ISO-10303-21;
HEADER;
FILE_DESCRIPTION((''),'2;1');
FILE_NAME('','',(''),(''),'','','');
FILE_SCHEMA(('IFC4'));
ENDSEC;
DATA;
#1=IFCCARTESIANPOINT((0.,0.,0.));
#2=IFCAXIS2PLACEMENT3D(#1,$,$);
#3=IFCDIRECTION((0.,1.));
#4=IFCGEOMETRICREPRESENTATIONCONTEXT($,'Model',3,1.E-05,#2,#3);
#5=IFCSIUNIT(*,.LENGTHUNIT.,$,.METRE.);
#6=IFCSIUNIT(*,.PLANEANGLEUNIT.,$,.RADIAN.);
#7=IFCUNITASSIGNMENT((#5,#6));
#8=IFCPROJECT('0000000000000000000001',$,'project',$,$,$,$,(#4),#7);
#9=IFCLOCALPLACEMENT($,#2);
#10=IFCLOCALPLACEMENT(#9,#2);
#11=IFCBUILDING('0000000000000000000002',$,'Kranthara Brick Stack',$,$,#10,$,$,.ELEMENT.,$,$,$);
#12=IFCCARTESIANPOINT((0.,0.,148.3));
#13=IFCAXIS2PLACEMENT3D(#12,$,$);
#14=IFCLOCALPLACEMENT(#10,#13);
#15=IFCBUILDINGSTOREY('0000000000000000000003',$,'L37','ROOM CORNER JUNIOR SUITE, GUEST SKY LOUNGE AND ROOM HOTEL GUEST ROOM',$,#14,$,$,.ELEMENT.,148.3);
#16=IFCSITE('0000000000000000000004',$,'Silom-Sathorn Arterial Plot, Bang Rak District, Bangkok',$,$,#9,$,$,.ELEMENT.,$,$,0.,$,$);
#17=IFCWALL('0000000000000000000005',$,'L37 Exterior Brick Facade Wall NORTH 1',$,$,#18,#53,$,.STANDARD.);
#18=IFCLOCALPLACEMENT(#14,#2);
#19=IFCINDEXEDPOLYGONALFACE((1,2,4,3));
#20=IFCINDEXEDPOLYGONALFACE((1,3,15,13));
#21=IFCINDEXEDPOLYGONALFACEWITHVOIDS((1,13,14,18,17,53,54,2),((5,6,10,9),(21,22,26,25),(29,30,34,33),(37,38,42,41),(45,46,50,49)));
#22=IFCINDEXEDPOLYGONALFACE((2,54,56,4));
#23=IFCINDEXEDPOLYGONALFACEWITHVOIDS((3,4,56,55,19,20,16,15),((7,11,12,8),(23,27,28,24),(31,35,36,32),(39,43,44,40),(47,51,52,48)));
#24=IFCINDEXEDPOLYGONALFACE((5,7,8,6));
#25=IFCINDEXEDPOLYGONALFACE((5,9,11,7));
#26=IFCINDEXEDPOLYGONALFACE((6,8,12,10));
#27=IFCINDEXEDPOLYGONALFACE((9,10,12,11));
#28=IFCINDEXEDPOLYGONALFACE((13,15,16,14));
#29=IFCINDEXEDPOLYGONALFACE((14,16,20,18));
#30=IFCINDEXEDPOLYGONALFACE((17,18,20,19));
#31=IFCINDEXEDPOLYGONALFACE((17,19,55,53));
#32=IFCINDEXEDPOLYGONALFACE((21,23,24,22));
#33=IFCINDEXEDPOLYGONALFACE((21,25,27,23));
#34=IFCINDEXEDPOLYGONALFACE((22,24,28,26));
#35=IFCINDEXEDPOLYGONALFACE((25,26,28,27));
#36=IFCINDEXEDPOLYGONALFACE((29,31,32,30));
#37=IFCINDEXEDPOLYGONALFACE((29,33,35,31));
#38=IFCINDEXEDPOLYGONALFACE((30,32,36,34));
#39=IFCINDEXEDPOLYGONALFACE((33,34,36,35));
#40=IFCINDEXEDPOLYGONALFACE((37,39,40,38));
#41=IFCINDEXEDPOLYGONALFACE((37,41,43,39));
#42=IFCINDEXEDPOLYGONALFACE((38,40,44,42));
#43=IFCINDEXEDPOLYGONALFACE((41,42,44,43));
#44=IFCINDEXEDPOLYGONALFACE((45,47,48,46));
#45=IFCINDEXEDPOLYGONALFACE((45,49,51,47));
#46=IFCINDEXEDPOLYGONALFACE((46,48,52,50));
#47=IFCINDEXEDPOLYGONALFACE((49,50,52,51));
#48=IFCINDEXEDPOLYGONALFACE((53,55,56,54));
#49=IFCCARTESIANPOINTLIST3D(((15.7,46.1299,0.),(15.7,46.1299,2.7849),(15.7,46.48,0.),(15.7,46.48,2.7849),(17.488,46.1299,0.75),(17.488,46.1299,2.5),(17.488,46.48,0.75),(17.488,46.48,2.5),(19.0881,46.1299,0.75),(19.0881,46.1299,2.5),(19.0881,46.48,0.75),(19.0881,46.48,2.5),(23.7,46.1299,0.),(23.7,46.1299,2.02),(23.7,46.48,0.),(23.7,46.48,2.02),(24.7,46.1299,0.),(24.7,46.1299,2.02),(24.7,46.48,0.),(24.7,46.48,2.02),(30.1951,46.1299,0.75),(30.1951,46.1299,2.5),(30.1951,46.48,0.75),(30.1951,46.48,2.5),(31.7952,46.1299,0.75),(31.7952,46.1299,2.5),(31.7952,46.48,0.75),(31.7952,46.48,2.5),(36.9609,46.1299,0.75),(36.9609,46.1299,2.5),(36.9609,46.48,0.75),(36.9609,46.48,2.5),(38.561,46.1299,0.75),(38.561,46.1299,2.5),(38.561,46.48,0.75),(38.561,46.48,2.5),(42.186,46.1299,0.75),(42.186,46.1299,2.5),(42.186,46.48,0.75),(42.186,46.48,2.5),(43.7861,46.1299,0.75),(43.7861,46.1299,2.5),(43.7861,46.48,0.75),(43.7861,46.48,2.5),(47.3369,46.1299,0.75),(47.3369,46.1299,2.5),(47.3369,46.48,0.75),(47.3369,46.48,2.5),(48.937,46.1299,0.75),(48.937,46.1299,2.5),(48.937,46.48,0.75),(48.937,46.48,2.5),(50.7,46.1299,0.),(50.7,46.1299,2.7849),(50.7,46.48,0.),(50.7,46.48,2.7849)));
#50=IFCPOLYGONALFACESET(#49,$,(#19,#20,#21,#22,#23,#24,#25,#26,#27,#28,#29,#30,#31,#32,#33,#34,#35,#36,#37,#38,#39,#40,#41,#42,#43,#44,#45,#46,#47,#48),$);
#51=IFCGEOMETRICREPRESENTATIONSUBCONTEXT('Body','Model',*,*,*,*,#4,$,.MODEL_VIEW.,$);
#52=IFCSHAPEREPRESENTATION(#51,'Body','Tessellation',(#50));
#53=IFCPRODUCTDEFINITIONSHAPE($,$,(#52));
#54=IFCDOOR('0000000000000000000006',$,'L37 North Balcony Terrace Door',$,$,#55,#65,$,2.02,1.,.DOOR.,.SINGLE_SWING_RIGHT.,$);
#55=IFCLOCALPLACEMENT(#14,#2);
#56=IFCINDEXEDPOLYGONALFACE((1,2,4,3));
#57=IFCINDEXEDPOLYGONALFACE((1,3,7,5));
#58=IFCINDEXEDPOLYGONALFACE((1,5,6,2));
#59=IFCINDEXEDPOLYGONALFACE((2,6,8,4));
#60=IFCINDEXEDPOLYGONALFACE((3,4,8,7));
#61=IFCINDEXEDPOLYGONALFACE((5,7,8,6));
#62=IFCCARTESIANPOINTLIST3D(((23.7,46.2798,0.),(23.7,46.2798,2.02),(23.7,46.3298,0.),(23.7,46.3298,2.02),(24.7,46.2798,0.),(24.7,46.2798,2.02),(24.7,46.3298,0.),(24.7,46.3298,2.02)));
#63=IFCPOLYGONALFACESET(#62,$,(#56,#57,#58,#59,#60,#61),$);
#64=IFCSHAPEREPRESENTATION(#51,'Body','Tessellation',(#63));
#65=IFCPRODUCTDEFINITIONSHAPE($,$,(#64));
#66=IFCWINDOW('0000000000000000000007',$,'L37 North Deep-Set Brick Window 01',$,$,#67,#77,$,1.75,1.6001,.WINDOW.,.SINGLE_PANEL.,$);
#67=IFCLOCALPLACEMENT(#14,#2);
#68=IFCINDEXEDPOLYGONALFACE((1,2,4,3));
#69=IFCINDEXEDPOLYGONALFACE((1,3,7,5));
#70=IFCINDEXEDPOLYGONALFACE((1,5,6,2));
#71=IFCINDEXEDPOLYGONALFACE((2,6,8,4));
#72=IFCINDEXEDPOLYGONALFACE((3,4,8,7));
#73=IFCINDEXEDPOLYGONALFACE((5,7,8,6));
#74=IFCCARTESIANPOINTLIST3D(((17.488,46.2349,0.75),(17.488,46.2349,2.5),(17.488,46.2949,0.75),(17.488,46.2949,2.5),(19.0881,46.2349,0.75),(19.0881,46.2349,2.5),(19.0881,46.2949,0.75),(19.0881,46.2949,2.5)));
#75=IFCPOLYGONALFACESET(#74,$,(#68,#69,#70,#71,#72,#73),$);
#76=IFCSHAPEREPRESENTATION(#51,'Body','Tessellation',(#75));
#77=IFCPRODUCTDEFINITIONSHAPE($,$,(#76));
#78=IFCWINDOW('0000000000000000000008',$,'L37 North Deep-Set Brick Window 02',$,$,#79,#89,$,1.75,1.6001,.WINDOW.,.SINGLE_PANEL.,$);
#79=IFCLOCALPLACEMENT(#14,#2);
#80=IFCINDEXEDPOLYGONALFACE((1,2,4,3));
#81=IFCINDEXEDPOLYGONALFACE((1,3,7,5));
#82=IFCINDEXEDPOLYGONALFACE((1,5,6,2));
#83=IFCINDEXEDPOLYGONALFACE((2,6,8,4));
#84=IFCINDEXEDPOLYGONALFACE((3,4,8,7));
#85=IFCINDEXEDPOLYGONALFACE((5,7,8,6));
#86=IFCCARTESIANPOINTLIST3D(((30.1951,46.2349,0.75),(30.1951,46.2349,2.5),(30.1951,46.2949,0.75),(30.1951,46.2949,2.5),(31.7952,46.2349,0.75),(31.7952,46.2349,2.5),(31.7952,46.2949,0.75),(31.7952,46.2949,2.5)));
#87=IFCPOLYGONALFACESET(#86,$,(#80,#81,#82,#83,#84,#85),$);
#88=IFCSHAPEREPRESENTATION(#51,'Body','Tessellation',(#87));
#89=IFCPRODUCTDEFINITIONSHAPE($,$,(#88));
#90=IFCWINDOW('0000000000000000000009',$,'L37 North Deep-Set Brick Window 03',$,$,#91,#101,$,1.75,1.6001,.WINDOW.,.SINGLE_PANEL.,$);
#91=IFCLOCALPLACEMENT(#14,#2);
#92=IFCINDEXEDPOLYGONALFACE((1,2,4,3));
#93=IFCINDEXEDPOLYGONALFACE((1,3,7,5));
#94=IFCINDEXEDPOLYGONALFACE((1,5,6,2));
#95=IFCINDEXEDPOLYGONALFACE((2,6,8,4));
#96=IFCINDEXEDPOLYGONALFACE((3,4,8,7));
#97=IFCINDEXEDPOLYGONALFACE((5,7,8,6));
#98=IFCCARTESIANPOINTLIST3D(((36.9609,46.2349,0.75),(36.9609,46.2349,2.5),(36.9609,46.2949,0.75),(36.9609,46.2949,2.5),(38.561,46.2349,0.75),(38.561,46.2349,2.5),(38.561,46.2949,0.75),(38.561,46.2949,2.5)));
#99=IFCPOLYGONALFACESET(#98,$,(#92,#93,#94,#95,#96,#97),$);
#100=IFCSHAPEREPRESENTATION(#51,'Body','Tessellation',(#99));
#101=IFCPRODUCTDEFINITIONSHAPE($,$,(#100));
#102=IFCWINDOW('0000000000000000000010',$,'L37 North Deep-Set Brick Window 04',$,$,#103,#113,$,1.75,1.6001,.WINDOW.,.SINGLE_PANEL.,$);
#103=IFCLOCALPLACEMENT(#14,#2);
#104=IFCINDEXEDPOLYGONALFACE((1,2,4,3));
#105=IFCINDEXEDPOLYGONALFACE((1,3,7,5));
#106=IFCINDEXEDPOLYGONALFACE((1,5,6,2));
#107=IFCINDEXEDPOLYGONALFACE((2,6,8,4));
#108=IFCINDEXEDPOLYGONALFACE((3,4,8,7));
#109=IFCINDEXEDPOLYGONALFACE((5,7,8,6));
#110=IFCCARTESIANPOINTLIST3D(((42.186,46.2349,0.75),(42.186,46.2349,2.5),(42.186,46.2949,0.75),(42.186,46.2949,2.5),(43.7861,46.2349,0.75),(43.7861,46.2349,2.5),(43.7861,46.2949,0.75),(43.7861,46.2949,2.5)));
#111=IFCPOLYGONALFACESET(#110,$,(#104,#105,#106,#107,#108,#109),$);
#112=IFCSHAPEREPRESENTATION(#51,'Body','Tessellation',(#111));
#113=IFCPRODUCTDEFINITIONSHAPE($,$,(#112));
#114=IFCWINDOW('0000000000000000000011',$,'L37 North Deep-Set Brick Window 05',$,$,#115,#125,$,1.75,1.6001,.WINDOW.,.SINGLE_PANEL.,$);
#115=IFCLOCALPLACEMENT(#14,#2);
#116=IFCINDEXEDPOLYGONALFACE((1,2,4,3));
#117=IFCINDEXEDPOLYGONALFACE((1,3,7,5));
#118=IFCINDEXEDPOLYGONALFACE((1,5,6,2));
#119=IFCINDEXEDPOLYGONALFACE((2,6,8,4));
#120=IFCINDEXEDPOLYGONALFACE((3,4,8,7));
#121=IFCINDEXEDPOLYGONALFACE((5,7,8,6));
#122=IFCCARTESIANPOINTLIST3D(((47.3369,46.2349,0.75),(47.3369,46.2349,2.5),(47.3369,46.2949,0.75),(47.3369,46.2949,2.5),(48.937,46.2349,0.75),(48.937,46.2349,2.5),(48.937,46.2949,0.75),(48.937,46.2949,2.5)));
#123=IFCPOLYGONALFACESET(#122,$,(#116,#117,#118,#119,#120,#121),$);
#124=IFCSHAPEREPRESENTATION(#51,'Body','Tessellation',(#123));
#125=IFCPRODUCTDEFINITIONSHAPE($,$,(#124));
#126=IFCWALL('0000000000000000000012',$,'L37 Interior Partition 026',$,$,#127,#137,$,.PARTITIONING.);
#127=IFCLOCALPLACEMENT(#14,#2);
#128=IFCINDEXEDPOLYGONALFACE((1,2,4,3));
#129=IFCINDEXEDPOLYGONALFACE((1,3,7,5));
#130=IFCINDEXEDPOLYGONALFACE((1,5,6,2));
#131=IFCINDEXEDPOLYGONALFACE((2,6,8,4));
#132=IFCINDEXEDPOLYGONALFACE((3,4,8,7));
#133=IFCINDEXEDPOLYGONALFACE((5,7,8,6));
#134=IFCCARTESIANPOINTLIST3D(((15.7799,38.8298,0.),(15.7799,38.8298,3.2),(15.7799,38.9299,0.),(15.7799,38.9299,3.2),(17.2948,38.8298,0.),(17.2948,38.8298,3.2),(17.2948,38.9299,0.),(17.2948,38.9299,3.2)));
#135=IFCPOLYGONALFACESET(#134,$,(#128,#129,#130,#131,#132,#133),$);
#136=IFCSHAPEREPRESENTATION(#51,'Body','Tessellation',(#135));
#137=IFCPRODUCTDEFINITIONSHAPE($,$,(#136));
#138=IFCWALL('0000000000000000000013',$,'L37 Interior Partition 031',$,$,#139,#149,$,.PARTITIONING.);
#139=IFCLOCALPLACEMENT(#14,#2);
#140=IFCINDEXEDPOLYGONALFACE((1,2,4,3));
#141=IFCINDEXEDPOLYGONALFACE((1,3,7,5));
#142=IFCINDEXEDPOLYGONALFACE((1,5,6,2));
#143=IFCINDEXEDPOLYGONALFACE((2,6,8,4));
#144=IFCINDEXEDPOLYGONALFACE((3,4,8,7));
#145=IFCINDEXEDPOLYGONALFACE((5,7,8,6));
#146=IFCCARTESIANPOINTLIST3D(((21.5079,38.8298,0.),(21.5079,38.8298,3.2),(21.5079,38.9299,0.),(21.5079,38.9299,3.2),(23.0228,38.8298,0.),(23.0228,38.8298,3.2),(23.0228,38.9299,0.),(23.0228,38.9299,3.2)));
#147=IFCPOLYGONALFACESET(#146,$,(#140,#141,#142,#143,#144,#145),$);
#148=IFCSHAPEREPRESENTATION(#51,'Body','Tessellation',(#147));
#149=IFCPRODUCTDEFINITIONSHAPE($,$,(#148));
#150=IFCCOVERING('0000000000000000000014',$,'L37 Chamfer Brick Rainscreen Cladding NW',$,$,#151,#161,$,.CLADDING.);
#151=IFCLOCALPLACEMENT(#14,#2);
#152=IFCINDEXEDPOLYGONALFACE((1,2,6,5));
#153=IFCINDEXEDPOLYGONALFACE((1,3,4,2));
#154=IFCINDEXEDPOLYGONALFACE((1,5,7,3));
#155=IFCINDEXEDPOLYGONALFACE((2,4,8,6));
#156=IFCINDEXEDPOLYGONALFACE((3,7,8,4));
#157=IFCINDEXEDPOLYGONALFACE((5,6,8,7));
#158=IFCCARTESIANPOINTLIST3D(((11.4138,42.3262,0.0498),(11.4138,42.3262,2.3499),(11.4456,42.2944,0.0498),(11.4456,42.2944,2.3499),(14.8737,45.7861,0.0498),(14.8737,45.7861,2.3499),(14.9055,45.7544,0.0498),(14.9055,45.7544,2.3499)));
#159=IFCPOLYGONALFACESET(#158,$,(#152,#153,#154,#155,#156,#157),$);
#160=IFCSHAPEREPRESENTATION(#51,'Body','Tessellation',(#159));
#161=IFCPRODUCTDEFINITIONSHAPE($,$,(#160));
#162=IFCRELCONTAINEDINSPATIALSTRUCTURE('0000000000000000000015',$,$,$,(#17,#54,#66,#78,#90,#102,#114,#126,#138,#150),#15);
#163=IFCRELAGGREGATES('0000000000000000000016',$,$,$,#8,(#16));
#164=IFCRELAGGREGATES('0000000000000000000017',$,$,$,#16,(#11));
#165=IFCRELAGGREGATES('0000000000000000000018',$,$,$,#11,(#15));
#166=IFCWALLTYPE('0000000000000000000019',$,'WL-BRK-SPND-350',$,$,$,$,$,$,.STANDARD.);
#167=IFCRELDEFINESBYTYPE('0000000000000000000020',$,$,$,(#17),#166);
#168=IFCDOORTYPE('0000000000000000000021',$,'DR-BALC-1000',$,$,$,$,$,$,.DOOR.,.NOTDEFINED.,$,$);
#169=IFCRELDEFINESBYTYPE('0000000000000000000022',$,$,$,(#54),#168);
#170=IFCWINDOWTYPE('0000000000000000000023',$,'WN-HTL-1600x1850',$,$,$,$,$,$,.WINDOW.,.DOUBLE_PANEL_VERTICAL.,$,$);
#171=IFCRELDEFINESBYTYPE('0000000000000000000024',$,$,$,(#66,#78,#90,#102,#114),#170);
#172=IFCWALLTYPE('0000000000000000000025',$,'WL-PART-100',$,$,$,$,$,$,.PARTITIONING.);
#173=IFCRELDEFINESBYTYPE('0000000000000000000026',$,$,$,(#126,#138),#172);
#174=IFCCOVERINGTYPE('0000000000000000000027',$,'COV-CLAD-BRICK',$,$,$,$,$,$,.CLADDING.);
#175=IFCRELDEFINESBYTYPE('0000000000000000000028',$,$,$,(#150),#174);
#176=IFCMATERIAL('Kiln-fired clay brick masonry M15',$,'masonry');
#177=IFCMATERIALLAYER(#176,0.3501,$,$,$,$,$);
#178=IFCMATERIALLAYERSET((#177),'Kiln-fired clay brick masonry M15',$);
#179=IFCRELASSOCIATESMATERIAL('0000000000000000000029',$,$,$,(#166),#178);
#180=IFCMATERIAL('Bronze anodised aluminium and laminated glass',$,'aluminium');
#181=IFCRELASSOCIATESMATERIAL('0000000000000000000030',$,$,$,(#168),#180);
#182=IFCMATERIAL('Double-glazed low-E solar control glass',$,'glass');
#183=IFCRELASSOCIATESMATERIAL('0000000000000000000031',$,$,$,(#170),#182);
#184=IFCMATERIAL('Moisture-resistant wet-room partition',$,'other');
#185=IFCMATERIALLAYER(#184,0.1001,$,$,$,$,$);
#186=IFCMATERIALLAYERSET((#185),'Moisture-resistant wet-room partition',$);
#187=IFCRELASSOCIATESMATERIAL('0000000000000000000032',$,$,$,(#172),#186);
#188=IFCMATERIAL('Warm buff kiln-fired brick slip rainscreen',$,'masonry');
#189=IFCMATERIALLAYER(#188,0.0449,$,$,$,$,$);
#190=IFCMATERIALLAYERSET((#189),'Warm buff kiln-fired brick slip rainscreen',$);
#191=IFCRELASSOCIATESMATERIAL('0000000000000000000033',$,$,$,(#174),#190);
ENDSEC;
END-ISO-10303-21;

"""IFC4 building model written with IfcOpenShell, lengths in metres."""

from ifc_helpers import new_model, si_unit, direction, frame, frame_2d, origin, origin_2d, place, context, subcontext, project, spatial, rectangle, extrude, material, layer, layer_set, type_object, element, fill, save


model = new_model("IFC4")

# Units and contexts
model_context = context("Model", 3, precision=1e-05, world=origin(), true_north=direction((0.0, 1.0)))
body_context = subcontext(model_context, "Body", "Model", "MODEL_VIEW")
ifc_project = project(units=[si_unit("LENGTHUNIT", "METRE"), si_unit("PLANEANGLEUNIT", "RADIAN")], contexts=[model_context])

# Site, building, storey
site_placement = place(None, origin())
site = spatial("IfcSite", under=ifc_project, at=site_placement, Name="Silom-Sathorn Arterial Plot, Bang Rak District, Bangkok", CompositionType="ELEMENT", RefElevation=0.0)
building_placement = place(site_placement, origin())
building = spatial("IfcBuilding", under=site, at=building_placement, Name="Kranthara Brick Stack", CompositionType="ELEMENT")
storey_placement = place(building_placement, frame((0.0, 0.0, 148.3)))
storey = spatial("IfcBuildingStorey", under=building, at=storey_placement, Name="L37", Description="ROOM CORNER JUNIOR SUITE, GUEST SKY LOUNGE AND ROOM HOTEL GUEST ROOM", CompositionType="ELEMENT", Elevation=148.3)

# Shared definitions
ifc_material_1 = material(Name="Kiln-fired clay brick masonry M15", Category="masonry")
ifc_layer_1 = layer(ifc_material_1, 0.3501)
ifc_layer_set_1 = layer_set([ifc_layer_1], Name="Kiln-fired clay brick masonry M15")
wall_type_1 = type_object("IfcWallType", Name="WL-BRK-SPND-350", PredefinedType="STANDARD", material=ifc_layer_set_1)

# Wall, openings, door, windows
wall_1_placement = place(storey_placement, frame((15.7, 46.3049, 0.0), z_axis=(0.0, 0.0, 1.0), x_axis=(1.0, 0.0, 0.0)))
wall_1 = element("IfcWall", 1, at=wall_1_placement, inside=storey, type_object=wall_type_1, Name="L37 Exterior Brick Facade Wall NORTH 1", PredefinedType="STANDARD", context=body_context, shape_type="SweptSolid", body=[
    extrude(rectangle(XDim=35.0, YDim=0.3501, at=frame_2d((17.5, 0.0))), origin(), (0.0, 0.0, 1.0), 2.7849),
])
opening_1_placement = place(wall_1_placement, frame((8.0, 0.0, 0.0)))
opening_1 = element("IfcOpeningElement", 2, at=opening_1_placement, cuts=wall_1, PredefinedType="OPENING", context=body_context, shape_type="SweptSolid", body=[
    extrude(rectangle(XDim=1.0, YDim=2.02, at=frame_2d((0.5, 1.01))), frame((0.0, 0.1851, 0.0), z_axis=(0.0, -1.0, 0.0), x_axis=(1.0, 0.0, 0.0)), (0.0, 0.0, 1.0), 0.3701),
])
opening_2_placement = place(wall_1_placement, frame((1.7881, 0.0, 0.75)))
opening_2 = element("IfcOpeningElement", 3, at=opening_2_placement, cuts=wall_1, PredefinedType="OPENING", context=body_context, shape_type="SweptSolid", body=[
    extrude(rectangle(XDim=1.6001, YDim=1.75, at=frame_2d((0.8, 0.875))), frame((0.0, 0.1851, 0.0), z_axis=(0.0, -1.0, 0.0), x_axis=(1.0, 0.0, 0.0)), (0.0, 0.0, 1.0), 0.3701),
])
opening_3_placement = place(wall_1_placement, frame((14.4951, 0.0, 0.75)))
opening_3 = element("IfcOpeningElement", 4, at=opening_3_placement, cuts=wall_1, PredefinedType="OPENING", context=body_context, shape_type="SweptSolid", body=[
    extrude(rectangle(XDim=1.6001, YDim=1.75, at=frame_2d((0.8, 0.875))), frame((0.0, 0.1851, 0.0), z_axis=(0.0, -1.0, 0.0), x_axis=(1.0, 0.0, 0.0)), (0.0, 0.0, 1.0), 0.3701),
])
opening_4_placement = place(wall_1_placement, frame((21.261, 0.0, 0.75)))
opening_4 = element("IfcOpeningElement", 5, at=opening_4_placement, cuts=wall_1, PredefinedType="OPENING", context=body_context, shape_type="SweptSolid", body=[
    extrude(rectangle(XDim=1.6001, YDim=1.75, at=frame_2d((0.8, 0.875))), frame((0.0, 0.1851, 0.0), z_axis=(0.0, -1.0, 0.0), x_axis=(1.0, 0.0, 0.0)), (0.0, 0.0, 1.0), 0.3701),
])
opening_5_placement = place(wall_1_placement, frame((26.4861, 0.0, 0.75)))
opening_5 = element("IfcOpeningElement", 6, at=opening_5_placement, cuts=wall_1, PredefinedType="OPENING", context=body_context, shape_type="SweptSolid", body=[
    extrude(rectangle(XDim=1.6001, YDim=1.75, at=frame_2d((0.8, 0.875))), frame((0.0, 0.1851, 0.0), z_axis=(0.0, -1.0, 0.0), x_axis=(1.0, 0.0, 0.0)), (0.0, 0.0, 1.0), 0.3701),
])
opening_6_placement = place(wall_1_placement, frame((31.637, 0.0, 0.75)))
opening_6 = element("IfcOpeningElement", 7, at=opening_6_placement, cuts=wall_1, PredefinedType="OPENING", context=body_context, shape_type="SweptSolid", body=[
    extrude(rectangle(XDim=1.6001, YDim=1.75, at=frame_2d((0.8, 0.875))), frame((0.0, 0.1851, 0.0), z_axis=(0.0, -1.0, 0.0), x_axis=(1.0, 0.0, 0.0)), (0.0, 0.0, 1.0), 0.3701),
])
ifc_material_2 = material(Name="Bronze anodised aluminium and laminated glass", Category="aluminium")
door_type = type_object("IfcDoorType", Name="DR-BALC-1000", OperationType="NOTDEFINED", PredefinedType="DOOR", material=ifc_material_2)
door_placement = place(opening_1_placement, origin())
door = element("IfcDoor", 8, at=door_placement, inside=storey, type_object=door_type, Name="L37 North Balcony Terrace Door", OperationType="SINGLE_SWING_RIGHT", OverallHeight=2.02, OverallWidth=1.0, PredefinedType="DOOR", context=body_context, shape_type="SweptSolid", body=[
    extrude(rectangle(XDim=1.0, YDim=2.02, at=frame_2d((0.5, 1.01))), frame((0.0, 0.0249, 0.0), z_axis=(0.0, -1.0, 0.0), x_axis=(1.0, 0.0, 0.0)), (0.0, 0.0, 1.0), 0.05),
])
fill(opening_1, door)
ifc_material_3 = material(Name="Double-glazed low-E solar control glass", Category="glass")
window_type_1 = type_object("IfcWindowType", Name="WN-HTL-1600x1850", PartitioningType="DOUBLE_PANEL_VERTICAL", PredefinedType="WINDOW", material=ifc_material_3)
window_1_placement = place(opening_2_placement, origin())
window_1 = element("IfcWindow", 9, at=window_1_placement, inside=storey, type_object=window_type_1, Name="L37 North Deep-Set Brick Window 01", OverallHeight=1.75, OverallWidth=1.6001, PartitioningType="SINGLE_PANEL", PredefinedType="WINDOW", context=body_context, shape_type="SweptSolid", body=[
    extrude(rectangle(XDim=1.6001, YDim=1.75, at=frame_2d((0.8, 0.875))), frame((0.0, -0.01, 0.0), z_axis=(0.0, -1.0, 0.0), x_axis=(1.0, 0.0, 0.0)), (0.0, 0.0, 1.0), 0.0601),
])
fill(opening_2, window_1)
window_2_placement = place(opening_3_placement, origin())
window_2 = element("IfcWindow", 10, at=window_2_placement, inside=storey, type_object=window_type_1, Name="L37 North Deep-Set Brick Window 02", OverallHeight=1.75, OverallWidth=1.6001, PartitioningType="SINGLE_PANEL", PredefinedType="WINDOW", context=body_context, shape_type="SweptSolid", body=[
    extrude(rectangle(XDim=1.6001, YDim=1.75, at=frame_2d((0.8, 0.875))), frame((0.0, -0.01, 0.0), z_axis=(0.0, -1.0, 0.0), x_axis=(1.0, 0.0, 0.0)), (0.0, 0.0, 1.0), 0.0601),
])
fill(opening_3, window_2)
window_3_placement = place(opening_4_placement, origin())
window_3 = element("IfcWindow", 11, at=window_3_placement, inside=storey, type_object=window_type_1, Name="L37 North Deep-Set Brick Window 03", OverallHeight=1.75, OverallWidth=1.6001, PartitioningType="SINGLE_PANEL", PredefinedType="WINDOW", context=body_context, shape_type="SweptSolid", body=[
    extrude(rectangle(XDim=1.6001, YDim=1.75, at=frame_2d((0.8, 0.875))), frame((0.0, -0.01, 0.0), z_axis=(0.0, -1.0, 0.0), x_axis=(1.0, 0.0, 0.0)), (0.0, 0.0, 1.0), 0.0601),
])
fill(opening_4, window_3)
window_4_placement = place(opening_5_placement, origin())
window_4 = element("IfcWindow", 12, at=window_4_placement, inside=storey, type_object=window_type_1, Name="L37 North Deep-Set Brick Window 04", OverallHeight=1.75, OverallWidth=1.6001, PartitioningType="SINGLE_PANEL", PredefinedType="WINDOW", context=body_context, shape_type="SweptSolid", body=[
    extrude(rectangle(XDim=1.6001, YDim=1.75, at=frame_2d((0.8, 0.875))), frame((0.0, -0.01, 0.0), z_axis=(0.0, -1.0, 0.0), x_axis=(1.0, 0.0, 0.0)), (0.0, 0.0, 1.0), 0.0601),
])
fill(opening_5, window_4)
window_5_placement = place(opening_6_placement, origin())
window_5 = element("IfcWindow", 13, at=window_5_placement, inside=storey, type_object=window_type_1, Name="L37 North Deep-Set Brick Window 05", OverallHeight=1.75, OverallWidth=1.6001, PartitioningType="SINGLE_PANEL", PredefinedType="WINDOW", context=body_context, shape_type="SweptSolid", body=[
    extrude(rectangle(XDim=1.6001, YDim=1.75, at=frame_2d((0.8, 0.875))), frame((0.0, -0.01, 0.0), z_axis=(0.0, -1.0, 0.0), x_axis=(1.0, 0.0, 0.0)), (0.0, 0.0, 1.0), 0.0601),
])
fill(opening_6, window_5)

# Walls
ifc_material_4 = material(Name="Moisture-resistant wet-room partition", Category="other")
ifc_layer_2 = layer(ifc_material_4, 0.1001)
ifc_layer_set_2 = layer_set([ifc_layer_2], Name="Moisture-resistant wet-room partition")
wall_type_2 = type_object("IfcWallType", Name="WL-PART-100", PredefinedType="PARTITIONING", material=ifc_layer_set_2)
for number, where, z_axis, x_axis, name in (
    (14, (15.78, 38.8799, 0.0), (0.0, 0.0, 1.0), (1.0, 0.0, 0.0), "L37 Interior Partition 026"),
    (15, (21.5081, 38.8799, 0.0), (0.0, 0.0, 1.0), (1.0, 0.0, 0.0), "L37 Interior Partition 031"),
):
    element("IfcWall", number, at=place(storey_placement, frame(where, z_axis=z_axis, x_axis=x_axis)), inside=storey, type_object=wall_type_2, Name=name, PredefinedType="PARTITIONING", context=body_context, shape_type="SweptSolid", body=[
        extrude(rectangle(XDim=1.5149, YDim=0.1001, at=frame_2d((0.7573, 0.0))), origin(), (0.0, 0.0, 1.0), 3.2),
    ])

# Covering
ifc_material_5 = material(Name="Warm buff kiln-fired brick slip rainscreen", Category="masonry")
ifc_layer_3 = layer(ifc_material_5, 0.0449)
ifc_layer_set_3 = layer_set([ifc_layer_3], Name="Warm buff kiln-fired brick slip rainscreen")
covering_type = type_object("IfcCoveringType", Name="COV-CLAD-BRICK", PredefinedType="CLADDING", material=ifc_layer_set_3)
covering_placement = place(storey_placement, frame((13.1597, 44.0403, 0.0498), z_axis=(0.0, 0.0, 1.0), x_axis=(0.707107, 0.707107, 0.0)))
element("IfcCovering", 16, at=covering_placement, inside=storey, type_object=covering_type, Name="L37 Chamfer Brick Rainscreen Cladding NW", PredefinedType="CLADDING", context=body_context, shape_type="SweptSolid", body=[
    extrude(rectangle(XDim=4.8931, YDim=0.0449, at=origin_2d()), origin(), (0.0, 0.0, 1.0), 2.3),
])

save(model, "model.ifc")
